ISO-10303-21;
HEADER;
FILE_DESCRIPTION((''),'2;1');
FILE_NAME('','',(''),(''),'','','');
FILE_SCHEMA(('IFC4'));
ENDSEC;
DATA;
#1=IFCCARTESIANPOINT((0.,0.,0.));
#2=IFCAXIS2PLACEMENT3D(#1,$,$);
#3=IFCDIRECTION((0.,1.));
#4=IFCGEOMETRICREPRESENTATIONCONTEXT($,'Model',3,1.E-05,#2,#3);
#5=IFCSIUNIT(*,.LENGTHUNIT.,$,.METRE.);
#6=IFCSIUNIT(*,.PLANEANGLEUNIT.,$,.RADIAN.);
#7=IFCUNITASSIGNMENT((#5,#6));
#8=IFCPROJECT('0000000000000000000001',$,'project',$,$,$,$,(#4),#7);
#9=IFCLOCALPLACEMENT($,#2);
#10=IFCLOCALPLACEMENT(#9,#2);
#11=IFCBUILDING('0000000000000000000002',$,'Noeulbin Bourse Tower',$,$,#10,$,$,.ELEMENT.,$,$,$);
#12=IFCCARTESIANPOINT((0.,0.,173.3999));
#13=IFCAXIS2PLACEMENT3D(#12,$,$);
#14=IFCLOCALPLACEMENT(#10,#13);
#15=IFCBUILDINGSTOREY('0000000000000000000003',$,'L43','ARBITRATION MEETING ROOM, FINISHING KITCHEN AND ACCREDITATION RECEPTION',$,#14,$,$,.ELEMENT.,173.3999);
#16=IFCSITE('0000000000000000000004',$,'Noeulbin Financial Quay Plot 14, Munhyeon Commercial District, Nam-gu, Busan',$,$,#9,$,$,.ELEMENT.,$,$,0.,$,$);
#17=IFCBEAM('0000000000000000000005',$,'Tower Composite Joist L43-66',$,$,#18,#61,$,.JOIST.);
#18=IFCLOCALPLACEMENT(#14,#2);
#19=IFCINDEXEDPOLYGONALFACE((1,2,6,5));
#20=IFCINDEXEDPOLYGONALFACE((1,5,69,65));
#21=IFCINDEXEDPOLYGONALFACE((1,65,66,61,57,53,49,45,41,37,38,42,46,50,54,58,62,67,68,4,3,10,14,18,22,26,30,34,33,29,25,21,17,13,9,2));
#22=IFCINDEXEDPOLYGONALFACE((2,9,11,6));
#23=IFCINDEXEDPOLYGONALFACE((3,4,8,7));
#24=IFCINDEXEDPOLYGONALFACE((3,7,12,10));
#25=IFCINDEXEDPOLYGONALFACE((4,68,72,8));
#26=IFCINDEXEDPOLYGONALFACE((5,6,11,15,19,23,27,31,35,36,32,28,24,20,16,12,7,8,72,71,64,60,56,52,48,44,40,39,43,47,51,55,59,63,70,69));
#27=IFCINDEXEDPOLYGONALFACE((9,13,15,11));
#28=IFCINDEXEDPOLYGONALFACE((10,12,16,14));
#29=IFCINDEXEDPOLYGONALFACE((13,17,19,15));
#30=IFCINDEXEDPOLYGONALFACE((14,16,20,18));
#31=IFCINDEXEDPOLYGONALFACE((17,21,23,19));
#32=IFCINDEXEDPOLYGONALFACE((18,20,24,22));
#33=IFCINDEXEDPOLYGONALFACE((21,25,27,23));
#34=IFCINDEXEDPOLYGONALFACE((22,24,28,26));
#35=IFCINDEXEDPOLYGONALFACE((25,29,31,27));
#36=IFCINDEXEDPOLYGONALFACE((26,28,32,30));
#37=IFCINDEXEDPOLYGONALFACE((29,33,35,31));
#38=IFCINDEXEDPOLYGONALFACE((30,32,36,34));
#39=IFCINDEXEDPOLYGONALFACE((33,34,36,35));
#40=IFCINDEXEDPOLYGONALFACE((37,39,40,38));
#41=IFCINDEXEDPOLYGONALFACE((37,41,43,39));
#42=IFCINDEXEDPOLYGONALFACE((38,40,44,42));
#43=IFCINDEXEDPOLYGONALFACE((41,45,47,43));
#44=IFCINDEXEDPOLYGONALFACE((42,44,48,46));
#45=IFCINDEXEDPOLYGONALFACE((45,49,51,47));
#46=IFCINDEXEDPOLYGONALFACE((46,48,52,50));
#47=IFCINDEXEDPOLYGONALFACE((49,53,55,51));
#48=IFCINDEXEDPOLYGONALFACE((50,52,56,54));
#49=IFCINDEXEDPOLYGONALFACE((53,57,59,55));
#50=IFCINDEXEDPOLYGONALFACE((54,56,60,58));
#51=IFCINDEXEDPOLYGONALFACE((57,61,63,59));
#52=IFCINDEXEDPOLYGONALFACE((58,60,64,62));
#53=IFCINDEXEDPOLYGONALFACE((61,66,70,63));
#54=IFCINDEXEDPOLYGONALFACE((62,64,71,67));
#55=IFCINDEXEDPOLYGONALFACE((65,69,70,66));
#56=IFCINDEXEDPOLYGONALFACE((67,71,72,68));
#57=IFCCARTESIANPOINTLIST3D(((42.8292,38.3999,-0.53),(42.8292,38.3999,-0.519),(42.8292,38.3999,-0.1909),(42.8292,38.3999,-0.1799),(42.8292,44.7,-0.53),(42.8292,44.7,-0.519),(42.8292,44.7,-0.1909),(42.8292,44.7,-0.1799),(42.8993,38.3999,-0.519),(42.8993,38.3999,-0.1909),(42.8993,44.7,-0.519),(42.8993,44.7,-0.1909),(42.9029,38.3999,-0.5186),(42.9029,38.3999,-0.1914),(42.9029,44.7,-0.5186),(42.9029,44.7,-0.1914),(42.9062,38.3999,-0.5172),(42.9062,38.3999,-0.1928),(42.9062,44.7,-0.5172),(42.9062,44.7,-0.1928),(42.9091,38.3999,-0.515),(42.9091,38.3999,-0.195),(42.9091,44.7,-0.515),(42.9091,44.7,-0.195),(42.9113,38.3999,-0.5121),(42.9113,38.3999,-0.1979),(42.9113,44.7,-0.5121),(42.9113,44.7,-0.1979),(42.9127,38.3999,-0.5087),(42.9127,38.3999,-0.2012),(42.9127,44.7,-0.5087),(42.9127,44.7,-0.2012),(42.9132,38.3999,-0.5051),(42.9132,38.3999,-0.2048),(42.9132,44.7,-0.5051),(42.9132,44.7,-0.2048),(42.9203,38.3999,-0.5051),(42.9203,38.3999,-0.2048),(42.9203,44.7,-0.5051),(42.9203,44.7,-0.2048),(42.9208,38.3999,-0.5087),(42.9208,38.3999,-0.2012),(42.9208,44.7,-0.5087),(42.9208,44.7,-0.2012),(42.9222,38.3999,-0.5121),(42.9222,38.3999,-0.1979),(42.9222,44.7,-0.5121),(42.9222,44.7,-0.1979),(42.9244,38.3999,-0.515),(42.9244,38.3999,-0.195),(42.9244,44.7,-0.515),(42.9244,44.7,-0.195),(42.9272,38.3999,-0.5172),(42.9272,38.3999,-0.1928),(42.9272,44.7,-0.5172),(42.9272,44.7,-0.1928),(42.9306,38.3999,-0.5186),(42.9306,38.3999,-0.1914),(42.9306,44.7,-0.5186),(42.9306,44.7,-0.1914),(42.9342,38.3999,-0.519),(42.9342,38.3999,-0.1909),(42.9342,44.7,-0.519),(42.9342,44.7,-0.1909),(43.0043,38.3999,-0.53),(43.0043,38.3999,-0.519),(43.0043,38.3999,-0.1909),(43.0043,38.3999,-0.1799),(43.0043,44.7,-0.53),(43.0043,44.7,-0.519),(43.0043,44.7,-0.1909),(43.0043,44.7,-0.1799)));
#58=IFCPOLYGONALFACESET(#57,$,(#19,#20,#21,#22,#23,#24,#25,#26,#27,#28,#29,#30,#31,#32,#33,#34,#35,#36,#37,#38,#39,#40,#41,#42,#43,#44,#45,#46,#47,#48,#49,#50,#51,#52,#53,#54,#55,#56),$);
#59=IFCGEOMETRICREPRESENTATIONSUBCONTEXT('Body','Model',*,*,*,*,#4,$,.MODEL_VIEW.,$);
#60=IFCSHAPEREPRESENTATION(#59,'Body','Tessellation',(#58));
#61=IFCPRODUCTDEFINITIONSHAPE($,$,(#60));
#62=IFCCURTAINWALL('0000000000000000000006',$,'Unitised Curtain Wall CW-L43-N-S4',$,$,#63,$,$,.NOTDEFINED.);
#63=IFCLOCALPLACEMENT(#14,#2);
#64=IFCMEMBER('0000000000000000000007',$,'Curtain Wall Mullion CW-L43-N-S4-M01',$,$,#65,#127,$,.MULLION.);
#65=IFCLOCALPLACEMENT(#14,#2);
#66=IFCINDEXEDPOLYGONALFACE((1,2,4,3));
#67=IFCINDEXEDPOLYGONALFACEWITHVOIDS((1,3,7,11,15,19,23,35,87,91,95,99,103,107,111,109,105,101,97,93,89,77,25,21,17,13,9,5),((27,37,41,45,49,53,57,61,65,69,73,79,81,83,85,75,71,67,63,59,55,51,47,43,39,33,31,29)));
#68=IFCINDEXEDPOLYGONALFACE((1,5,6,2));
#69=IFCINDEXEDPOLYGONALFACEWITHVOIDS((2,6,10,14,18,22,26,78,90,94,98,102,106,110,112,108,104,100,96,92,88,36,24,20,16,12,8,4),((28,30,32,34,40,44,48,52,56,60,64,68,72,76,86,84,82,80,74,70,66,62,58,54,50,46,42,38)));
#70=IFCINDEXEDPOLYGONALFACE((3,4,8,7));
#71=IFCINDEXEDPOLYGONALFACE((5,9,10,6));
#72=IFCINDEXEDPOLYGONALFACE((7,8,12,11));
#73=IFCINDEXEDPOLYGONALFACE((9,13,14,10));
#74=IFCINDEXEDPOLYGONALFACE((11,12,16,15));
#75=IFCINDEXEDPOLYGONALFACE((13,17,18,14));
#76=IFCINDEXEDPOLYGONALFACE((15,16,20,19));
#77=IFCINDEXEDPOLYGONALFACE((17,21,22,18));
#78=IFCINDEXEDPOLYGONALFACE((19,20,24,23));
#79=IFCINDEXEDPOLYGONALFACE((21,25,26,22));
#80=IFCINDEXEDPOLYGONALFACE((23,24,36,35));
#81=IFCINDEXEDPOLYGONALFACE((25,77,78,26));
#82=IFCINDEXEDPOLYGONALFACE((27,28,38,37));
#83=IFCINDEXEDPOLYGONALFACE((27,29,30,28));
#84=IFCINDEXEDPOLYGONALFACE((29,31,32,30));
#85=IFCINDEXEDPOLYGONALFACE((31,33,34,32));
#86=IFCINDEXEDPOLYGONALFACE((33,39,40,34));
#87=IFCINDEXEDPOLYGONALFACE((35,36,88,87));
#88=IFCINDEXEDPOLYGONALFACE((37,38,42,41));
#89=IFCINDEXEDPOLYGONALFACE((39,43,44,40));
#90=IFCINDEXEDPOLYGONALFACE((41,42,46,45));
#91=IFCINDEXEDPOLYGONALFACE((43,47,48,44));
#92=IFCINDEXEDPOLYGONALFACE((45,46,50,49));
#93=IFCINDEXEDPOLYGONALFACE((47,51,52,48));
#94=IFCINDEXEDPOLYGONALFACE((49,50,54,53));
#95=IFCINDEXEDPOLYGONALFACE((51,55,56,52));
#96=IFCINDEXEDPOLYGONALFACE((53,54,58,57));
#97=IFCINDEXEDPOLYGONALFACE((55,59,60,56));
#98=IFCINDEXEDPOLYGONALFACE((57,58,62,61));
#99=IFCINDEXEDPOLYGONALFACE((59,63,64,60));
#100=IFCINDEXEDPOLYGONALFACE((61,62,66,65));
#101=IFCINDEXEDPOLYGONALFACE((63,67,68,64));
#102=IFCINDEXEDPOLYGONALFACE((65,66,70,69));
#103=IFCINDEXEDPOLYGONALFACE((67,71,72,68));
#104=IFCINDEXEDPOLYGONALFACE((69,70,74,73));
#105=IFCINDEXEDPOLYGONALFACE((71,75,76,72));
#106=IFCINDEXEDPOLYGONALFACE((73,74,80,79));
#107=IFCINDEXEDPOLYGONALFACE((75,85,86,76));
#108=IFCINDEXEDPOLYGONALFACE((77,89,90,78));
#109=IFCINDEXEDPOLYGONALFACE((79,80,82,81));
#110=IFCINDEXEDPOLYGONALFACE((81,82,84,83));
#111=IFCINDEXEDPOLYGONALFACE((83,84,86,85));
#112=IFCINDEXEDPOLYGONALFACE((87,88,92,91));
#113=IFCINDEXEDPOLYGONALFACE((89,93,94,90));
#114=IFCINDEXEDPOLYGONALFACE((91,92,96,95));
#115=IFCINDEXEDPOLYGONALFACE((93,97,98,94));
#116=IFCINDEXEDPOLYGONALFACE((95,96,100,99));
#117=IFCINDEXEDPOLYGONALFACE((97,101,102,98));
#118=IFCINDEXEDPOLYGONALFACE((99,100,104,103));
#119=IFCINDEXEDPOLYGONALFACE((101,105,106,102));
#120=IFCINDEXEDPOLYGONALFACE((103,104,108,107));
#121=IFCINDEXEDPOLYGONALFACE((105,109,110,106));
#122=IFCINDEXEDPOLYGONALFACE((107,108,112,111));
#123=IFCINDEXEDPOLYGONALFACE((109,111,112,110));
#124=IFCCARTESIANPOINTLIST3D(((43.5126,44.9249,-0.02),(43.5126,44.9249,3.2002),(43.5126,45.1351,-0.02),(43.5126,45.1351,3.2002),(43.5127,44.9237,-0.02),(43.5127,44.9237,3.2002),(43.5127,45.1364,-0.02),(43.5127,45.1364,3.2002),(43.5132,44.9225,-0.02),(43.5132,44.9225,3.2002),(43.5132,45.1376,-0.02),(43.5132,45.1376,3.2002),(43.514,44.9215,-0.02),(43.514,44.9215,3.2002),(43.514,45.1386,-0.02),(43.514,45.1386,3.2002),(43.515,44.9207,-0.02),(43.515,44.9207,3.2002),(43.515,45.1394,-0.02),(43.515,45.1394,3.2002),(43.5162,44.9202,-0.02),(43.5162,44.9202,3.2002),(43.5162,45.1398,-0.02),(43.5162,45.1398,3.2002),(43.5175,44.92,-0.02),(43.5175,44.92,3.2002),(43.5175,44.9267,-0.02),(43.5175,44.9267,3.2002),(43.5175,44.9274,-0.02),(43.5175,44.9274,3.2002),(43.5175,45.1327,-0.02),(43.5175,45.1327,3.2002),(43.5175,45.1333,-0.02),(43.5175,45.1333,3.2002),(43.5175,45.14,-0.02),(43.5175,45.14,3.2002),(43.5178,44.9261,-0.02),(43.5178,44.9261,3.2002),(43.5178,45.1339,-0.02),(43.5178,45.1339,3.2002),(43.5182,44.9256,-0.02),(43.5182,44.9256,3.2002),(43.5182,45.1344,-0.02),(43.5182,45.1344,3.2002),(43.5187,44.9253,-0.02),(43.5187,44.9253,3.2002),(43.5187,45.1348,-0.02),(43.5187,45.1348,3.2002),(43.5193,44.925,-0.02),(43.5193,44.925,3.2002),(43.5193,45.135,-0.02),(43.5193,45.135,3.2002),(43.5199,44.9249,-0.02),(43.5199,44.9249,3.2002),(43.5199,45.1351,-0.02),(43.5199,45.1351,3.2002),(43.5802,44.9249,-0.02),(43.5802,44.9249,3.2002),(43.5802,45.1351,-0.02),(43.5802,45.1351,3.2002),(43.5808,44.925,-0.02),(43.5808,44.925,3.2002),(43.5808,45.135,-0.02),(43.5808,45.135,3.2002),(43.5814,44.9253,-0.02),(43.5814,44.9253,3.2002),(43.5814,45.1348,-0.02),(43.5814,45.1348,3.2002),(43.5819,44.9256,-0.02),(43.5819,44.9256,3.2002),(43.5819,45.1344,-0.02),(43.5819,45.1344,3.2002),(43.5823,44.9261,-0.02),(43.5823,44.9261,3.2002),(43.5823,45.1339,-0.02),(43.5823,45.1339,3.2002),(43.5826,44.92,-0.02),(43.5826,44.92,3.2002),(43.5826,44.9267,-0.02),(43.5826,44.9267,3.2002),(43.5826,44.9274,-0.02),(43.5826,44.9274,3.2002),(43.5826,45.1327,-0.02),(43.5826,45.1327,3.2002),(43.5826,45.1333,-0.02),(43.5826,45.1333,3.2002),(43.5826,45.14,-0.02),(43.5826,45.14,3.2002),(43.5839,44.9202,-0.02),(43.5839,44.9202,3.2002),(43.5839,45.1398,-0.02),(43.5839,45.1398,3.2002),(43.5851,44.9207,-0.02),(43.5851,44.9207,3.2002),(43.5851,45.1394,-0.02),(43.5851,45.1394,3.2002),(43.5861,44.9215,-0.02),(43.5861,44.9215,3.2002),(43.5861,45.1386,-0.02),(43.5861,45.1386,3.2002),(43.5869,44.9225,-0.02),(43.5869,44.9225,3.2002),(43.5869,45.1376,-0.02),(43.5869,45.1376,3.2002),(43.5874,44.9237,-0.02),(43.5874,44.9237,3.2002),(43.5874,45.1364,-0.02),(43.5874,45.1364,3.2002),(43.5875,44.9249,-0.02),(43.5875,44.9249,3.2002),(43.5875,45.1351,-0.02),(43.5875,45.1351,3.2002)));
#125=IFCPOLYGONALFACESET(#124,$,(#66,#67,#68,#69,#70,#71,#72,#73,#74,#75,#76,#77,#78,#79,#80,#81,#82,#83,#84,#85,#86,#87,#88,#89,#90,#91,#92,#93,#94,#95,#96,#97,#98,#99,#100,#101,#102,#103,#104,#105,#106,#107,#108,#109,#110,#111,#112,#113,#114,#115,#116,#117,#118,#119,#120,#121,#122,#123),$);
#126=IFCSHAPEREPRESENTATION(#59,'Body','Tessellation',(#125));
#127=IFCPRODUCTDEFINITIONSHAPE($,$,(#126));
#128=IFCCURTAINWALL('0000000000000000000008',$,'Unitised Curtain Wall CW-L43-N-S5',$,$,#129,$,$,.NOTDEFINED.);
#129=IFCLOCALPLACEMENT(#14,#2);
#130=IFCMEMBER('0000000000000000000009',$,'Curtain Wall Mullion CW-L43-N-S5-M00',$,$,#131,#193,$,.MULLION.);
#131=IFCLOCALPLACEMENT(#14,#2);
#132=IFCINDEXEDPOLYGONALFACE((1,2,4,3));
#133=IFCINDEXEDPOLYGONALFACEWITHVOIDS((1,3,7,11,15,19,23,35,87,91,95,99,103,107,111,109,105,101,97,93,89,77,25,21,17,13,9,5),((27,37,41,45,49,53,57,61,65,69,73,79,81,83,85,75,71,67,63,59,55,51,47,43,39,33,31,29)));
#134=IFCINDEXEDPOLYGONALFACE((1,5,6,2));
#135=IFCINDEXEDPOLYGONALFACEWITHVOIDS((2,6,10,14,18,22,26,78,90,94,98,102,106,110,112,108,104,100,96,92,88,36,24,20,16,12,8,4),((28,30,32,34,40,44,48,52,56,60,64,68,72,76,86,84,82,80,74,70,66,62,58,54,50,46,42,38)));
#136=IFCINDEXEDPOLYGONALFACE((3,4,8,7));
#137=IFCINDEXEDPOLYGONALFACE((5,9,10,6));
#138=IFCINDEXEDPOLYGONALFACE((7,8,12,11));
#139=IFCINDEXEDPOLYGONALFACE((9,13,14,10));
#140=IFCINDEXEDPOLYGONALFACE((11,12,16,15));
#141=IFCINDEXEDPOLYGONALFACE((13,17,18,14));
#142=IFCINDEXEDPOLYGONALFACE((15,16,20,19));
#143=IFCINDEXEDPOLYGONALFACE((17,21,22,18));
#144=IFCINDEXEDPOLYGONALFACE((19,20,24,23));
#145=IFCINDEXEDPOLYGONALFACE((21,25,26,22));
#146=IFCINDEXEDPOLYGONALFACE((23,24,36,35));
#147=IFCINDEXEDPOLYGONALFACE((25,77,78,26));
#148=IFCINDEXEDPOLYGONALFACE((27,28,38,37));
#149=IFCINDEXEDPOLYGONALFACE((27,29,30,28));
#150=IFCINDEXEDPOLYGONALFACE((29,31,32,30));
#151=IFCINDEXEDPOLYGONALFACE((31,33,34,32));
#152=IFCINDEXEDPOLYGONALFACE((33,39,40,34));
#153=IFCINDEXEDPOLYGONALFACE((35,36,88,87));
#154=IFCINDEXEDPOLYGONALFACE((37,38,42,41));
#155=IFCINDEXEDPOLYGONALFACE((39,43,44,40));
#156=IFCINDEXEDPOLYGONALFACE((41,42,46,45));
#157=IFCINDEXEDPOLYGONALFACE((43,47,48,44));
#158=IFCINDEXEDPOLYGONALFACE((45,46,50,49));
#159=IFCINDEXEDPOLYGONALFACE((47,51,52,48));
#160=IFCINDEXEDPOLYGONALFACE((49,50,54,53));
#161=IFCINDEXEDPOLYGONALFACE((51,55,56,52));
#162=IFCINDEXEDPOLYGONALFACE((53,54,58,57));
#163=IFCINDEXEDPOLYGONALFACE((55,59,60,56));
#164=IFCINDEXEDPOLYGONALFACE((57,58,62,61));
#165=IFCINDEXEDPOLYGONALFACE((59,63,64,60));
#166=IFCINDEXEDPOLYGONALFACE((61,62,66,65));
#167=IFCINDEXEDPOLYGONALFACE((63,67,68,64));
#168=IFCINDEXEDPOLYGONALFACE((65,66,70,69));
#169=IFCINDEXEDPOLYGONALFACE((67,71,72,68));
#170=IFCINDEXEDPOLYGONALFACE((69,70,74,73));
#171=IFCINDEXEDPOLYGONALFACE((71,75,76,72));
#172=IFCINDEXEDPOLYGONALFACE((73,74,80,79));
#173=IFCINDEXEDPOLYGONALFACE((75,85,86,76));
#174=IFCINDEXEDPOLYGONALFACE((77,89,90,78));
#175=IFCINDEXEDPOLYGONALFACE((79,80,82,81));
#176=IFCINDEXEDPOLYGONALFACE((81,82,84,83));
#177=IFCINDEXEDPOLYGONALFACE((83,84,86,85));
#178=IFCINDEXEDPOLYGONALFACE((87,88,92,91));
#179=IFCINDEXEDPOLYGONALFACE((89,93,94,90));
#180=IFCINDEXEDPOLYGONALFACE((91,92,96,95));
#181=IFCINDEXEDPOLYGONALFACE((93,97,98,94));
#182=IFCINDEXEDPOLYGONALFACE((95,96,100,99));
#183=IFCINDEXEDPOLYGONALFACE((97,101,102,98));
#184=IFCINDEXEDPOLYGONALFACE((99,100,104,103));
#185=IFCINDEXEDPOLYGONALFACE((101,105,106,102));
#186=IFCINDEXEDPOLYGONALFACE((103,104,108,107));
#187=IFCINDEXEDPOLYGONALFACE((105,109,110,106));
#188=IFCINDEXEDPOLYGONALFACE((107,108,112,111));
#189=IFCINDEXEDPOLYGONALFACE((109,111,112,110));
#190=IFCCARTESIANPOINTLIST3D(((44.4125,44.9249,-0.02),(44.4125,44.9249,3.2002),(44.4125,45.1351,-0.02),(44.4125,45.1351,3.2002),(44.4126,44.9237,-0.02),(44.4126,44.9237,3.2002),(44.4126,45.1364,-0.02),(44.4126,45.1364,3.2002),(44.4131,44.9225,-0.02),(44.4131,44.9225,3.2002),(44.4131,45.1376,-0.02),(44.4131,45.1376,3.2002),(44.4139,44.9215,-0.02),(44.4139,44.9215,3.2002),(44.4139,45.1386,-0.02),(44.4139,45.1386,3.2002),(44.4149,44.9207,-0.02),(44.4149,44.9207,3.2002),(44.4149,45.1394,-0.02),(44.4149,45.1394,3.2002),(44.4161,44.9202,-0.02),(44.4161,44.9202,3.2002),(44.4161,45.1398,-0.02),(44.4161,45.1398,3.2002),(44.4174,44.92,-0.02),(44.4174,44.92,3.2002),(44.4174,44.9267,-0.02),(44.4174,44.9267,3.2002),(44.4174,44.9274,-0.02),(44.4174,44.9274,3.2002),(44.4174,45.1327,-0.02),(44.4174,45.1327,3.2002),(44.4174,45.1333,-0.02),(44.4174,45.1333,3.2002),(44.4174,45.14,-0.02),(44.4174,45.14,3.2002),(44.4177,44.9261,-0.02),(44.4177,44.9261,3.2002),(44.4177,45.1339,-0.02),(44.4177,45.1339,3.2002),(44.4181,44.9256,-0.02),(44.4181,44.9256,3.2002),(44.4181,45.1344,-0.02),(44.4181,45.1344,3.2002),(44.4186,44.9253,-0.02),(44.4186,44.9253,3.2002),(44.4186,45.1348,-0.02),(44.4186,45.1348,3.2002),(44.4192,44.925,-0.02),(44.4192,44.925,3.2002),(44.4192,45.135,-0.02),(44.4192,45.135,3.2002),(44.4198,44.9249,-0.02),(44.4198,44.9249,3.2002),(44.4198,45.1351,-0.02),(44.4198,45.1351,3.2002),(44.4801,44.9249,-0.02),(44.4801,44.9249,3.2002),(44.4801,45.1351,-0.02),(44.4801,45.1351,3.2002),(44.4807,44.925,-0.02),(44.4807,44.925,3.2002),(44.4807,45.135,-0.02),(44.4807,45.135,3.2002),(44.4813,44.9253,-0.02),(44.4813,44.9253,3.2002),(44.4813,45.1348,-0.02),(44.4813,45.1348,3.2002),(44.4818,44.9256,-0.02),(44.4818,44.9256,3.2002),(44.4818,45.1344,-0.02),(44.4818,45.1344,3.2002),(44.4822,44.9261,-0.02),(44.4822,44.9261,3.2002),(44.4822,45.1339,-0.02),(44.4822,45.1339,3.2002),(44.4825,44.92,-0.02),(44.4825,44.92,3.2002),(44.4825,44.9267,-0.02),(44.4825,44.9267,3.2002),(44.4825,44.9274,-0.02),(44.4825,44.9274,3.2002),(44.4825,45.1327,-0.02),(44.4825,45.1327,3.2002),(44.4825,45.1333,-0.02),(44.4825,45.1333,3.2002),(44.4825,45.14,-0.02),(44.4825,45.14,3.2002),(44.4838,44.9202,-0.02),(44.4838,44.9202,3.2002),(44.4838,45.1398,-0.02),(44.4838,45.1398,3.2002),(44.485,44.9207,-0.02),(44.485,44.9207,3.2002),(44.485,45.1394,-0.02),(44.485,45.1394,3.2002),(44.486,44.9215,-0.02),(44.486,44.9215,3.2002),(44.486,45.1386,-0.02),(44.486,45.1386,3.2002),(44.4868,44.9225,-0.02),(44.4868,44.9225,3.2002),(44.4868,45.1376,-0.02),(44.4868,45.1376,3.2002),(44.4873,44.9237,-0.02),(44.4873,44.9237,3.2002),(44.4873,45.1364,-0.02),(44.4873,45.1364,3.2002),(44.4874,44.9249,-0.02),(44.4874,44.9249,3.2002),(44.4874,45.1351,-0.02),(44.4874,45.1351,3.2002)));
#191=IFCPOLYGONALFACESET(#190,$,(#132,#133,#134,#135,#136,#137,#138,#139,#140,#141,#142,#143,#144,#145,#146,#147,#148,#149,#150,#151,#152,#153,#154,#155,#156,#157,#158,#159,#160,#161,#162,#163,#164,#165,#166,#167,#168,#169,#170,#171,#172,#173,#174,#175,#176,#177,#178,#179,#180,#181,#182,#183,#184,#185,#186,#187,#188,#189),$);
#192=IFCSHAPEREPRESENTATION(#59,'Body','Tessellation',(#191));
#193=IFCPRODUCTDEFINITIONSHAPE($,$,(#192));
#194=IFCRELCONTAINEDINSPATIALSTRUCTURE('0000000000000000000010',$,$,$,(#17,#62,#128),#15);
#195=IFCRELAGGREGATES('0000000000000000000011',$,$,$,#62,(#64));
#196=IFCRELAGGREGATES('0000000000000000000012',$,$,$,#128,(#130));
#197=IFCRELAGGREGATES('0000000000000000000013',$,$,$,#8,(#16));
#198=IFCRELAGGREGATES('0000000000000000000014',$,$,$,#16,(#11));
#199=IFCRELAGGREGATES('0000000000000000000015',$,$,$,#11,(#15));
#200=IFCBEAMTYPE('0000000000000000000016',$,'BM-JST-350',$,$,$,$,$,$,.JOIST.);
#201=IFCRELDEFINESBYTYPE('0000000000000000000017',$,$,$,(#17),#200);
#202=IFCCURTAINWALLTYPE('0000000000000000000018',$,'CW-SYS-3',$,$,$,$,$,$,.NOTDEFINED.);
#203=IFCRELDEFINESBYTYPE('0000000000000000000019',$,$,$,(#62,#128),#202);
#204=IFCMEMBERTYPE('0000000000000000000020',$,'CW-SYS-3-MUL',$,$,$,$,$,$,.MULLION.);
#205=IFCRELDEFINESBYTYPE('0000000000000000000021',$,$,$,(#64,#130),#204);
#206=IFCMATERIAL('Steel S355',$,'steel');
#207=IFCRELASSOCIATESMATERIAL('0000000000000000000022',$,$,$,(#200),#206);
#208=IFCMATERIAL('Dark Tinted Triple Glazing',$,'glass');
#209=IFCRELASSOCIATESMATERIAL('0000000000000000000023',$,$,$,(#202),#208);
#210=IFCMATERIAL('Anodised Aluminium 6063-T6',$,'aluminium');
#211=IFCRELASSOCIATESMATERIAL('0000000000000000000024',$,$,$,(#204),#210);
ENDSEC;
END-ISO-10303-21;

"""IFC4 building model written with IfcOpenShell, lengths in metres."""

from ifc_helpers import new_model, si_unit, direction, frame, origin, origin_2d, place, context, subcontext, project, spatial, hollow_rectangle, i_section, extrude, material, material_profile, profile_set, type_object, element, aggregate, save


model = new_model("IFC4")

# Units and contexts
model_context = context("Model", 3, precision=1e-05, world=origin(), true_north=direction((0.0, 1.0)))
body_context = subcontext(model_context, "Body", "Model", "MODEL_VIEW")
ifc_project = project(units=[si_unit("LENGTHUNIT", "METRE"), si_unit("PLANEANGLEUNIT", "RADIAN")], contexts=[model_context])

# Site, building, storey
site_placement = place(None, origin())
site = spatial("IfcSite", under=ifc_project, at=site_placement, Name="Noeulbin Financial Quay Plot 14, Munhyeon Commercial District, Nam-gu, Busan", CompositionType="ELEMENT", RefElevation=0.0)
building_placement = place(site_placement, origin())
building = spatial("IfcBuilding", under=site, at=building_placement, Name="Noeulbin Bourse Tower", CompositionType="ELEMENT")
storey_placement = place(building_placement, frame((0.0, 0.0, 173.3999)))
storey = spatial("IfcBuildingStorey", under=building, at=storey_placement, Name="L43", Description="ARBITRATION MEETING ROOM, FINISHING KITCHEN AND ACCREDITATION RECEPTION", CompositionType="ELEMENT", Elevation=173.3999)

# Shared definitions
ifc_material_1 = material(Name="Steel S355", Category="steel")

# Beam
ifc_material_profile_1 = material_profile(ifc_material_1, i_section(OverallWidth=0.175, OverallDepth=0.3501, WebThickness=0.0071, FlangeThickness=0.011, FilletRadius=0.0139, at=origin_2d()), Name="H-350x175x7x11", Category="LoadBearing")
ifc_profile_set_1 = profile_set([ifc_material_profile_1], Name="Steel S355")
beam_type = type_object("IfcBeamType", Name="BM-JST-350", PredefinedType="JOIST", material=ifc_profile_set_1)
for number, where, z_axis, x_axis, name in (
    (1, (42.9167, 38.3999, -0.355), (0.0, 1.0, 0.0), (-1.0, 0.0, 0.0), "Tower Composite Joist L43-66"),
):
    element("IfcBeam", number, at=place(storey_placement, frame(where, z_axis=z_axis, x_axis=x_axis)), inside=storey, type_object=beam_type, Name=name, PredefinedType="JOIST", context=body_context, shape_type="SweptSolid", body=[
        extrude(i_section(OverallWidth=0.175, OverallDepth=0.3501, WebThickness=0.0071, FlangeThickness=0.011, FilletRadius=0.0139, at=origin_2d()), origin(), (0.0, 0.0, 1.0), 6.3),
    ])

# Curtain wall, member
ifc_material_2 = material(Name="Dark Tinted Triple Glazing", Category="glass")
curtain_wall_type = type_object("IfcCurtainWallType", Name="CW-SYS-3", PredefinedType="NOTDEFINED", material=ifc_material_2)
curtain_wall_1_placement = place(storey_placement, origin())
curtain_wall_1 = element("IfcCurtainWall", 2, at=curtain_wall_1_placement, inside=storey, type_object=curtain_wall_type, Name="Unitised Curtain Wall CW-L43-N-S4", PredefinedType="NOTDEFINED")
ifc_material_3 = material(Name="Anodised Aluminium 6063-T6", Category="aluminium")
ifc_material_profile_2 = material_profile(ifc_material_3, hollow_rectangle(XDim=0.075, YDim=0.22, WallThickness=0.0049, InnerFilletRadius=0.0024, OuterFilletRadius=0.0049, at=origin_2d()), Name="ALU-MULL-75x220x5", Category="LoadBearing")
ifc_profile_set_2 = profile_set([ifc_material_profile_2], Name="Anodised Aluminium 6063-T6")
member_type_1 = type_object("IfcMemberType", Name="CW-SYS-3-MUL", PredefinedType="MULLION", material=ifc_profile_set_2)
member_1_placement = place(storey_placement, frame((43.55, 45.03, -0.02), z_axis=(0.0, 0.0, 1.0), x_axis=(1.0, 0.0, 0.0)))
member_1 = element("IfcMember", 3, at=member_1_placement, type_object=member_type_1, Name="Curtain Wall Mullion CW-L43-N-S4-M01", PredefinedType="MULLION", context=body_context, shape_type="SweptSolid", body=[
    extrude(hollow_rectangle(XDim=0.075, YDim=0.22, WallThickness=0.0049, InnerFilletRadius=0.0024, OuterFilletRadius=0.0049, at=origin_2d()), origin(), (0.0, 0.0, 1.0), 3.2202),
])

# Curtain wall, member
curtain_wall_2_placement = place(storey_placement, origin())
curtain_wall_2 = element("IfcCurtainWall", 4, at=curtain_wall_2_placement, inside=storey, type_object=curtain_wall_type, Name="Unitised Curtain Wall CW-L43-N-S5", PredefinedType="NOTDEFINED")
member_2_placement = place(storey_placement, frame((44.45, 45.03, -0.02), z_axis=(0.0, 0.0, 1.0), x_axis=(1.0, 0.0, 0.0)))
member_2 = element("IfcMember", 5, at=member_2_placement, type_object=member_type_1, Name="Curtain Wall Mullion CW-L43-N-S5-M00", PredefinedType="MULLION", context=body_context, shape_type="SweptSolid", body=[
    extrude(hollow_rectangle(XDim=0.075, YDim=0.22, WallThickness=0.0049, InnerFilletRadius=0.0024, OuterFilletRadius=0.0049, at=origin_2d()), origin(), (0.0, 0.0, 1.0), 3.2202),
])

aggregate(curtain_wall_1, [member_1])
aggregate(curtain_wall_2, [member_2])

save(model, "model.ifc")
